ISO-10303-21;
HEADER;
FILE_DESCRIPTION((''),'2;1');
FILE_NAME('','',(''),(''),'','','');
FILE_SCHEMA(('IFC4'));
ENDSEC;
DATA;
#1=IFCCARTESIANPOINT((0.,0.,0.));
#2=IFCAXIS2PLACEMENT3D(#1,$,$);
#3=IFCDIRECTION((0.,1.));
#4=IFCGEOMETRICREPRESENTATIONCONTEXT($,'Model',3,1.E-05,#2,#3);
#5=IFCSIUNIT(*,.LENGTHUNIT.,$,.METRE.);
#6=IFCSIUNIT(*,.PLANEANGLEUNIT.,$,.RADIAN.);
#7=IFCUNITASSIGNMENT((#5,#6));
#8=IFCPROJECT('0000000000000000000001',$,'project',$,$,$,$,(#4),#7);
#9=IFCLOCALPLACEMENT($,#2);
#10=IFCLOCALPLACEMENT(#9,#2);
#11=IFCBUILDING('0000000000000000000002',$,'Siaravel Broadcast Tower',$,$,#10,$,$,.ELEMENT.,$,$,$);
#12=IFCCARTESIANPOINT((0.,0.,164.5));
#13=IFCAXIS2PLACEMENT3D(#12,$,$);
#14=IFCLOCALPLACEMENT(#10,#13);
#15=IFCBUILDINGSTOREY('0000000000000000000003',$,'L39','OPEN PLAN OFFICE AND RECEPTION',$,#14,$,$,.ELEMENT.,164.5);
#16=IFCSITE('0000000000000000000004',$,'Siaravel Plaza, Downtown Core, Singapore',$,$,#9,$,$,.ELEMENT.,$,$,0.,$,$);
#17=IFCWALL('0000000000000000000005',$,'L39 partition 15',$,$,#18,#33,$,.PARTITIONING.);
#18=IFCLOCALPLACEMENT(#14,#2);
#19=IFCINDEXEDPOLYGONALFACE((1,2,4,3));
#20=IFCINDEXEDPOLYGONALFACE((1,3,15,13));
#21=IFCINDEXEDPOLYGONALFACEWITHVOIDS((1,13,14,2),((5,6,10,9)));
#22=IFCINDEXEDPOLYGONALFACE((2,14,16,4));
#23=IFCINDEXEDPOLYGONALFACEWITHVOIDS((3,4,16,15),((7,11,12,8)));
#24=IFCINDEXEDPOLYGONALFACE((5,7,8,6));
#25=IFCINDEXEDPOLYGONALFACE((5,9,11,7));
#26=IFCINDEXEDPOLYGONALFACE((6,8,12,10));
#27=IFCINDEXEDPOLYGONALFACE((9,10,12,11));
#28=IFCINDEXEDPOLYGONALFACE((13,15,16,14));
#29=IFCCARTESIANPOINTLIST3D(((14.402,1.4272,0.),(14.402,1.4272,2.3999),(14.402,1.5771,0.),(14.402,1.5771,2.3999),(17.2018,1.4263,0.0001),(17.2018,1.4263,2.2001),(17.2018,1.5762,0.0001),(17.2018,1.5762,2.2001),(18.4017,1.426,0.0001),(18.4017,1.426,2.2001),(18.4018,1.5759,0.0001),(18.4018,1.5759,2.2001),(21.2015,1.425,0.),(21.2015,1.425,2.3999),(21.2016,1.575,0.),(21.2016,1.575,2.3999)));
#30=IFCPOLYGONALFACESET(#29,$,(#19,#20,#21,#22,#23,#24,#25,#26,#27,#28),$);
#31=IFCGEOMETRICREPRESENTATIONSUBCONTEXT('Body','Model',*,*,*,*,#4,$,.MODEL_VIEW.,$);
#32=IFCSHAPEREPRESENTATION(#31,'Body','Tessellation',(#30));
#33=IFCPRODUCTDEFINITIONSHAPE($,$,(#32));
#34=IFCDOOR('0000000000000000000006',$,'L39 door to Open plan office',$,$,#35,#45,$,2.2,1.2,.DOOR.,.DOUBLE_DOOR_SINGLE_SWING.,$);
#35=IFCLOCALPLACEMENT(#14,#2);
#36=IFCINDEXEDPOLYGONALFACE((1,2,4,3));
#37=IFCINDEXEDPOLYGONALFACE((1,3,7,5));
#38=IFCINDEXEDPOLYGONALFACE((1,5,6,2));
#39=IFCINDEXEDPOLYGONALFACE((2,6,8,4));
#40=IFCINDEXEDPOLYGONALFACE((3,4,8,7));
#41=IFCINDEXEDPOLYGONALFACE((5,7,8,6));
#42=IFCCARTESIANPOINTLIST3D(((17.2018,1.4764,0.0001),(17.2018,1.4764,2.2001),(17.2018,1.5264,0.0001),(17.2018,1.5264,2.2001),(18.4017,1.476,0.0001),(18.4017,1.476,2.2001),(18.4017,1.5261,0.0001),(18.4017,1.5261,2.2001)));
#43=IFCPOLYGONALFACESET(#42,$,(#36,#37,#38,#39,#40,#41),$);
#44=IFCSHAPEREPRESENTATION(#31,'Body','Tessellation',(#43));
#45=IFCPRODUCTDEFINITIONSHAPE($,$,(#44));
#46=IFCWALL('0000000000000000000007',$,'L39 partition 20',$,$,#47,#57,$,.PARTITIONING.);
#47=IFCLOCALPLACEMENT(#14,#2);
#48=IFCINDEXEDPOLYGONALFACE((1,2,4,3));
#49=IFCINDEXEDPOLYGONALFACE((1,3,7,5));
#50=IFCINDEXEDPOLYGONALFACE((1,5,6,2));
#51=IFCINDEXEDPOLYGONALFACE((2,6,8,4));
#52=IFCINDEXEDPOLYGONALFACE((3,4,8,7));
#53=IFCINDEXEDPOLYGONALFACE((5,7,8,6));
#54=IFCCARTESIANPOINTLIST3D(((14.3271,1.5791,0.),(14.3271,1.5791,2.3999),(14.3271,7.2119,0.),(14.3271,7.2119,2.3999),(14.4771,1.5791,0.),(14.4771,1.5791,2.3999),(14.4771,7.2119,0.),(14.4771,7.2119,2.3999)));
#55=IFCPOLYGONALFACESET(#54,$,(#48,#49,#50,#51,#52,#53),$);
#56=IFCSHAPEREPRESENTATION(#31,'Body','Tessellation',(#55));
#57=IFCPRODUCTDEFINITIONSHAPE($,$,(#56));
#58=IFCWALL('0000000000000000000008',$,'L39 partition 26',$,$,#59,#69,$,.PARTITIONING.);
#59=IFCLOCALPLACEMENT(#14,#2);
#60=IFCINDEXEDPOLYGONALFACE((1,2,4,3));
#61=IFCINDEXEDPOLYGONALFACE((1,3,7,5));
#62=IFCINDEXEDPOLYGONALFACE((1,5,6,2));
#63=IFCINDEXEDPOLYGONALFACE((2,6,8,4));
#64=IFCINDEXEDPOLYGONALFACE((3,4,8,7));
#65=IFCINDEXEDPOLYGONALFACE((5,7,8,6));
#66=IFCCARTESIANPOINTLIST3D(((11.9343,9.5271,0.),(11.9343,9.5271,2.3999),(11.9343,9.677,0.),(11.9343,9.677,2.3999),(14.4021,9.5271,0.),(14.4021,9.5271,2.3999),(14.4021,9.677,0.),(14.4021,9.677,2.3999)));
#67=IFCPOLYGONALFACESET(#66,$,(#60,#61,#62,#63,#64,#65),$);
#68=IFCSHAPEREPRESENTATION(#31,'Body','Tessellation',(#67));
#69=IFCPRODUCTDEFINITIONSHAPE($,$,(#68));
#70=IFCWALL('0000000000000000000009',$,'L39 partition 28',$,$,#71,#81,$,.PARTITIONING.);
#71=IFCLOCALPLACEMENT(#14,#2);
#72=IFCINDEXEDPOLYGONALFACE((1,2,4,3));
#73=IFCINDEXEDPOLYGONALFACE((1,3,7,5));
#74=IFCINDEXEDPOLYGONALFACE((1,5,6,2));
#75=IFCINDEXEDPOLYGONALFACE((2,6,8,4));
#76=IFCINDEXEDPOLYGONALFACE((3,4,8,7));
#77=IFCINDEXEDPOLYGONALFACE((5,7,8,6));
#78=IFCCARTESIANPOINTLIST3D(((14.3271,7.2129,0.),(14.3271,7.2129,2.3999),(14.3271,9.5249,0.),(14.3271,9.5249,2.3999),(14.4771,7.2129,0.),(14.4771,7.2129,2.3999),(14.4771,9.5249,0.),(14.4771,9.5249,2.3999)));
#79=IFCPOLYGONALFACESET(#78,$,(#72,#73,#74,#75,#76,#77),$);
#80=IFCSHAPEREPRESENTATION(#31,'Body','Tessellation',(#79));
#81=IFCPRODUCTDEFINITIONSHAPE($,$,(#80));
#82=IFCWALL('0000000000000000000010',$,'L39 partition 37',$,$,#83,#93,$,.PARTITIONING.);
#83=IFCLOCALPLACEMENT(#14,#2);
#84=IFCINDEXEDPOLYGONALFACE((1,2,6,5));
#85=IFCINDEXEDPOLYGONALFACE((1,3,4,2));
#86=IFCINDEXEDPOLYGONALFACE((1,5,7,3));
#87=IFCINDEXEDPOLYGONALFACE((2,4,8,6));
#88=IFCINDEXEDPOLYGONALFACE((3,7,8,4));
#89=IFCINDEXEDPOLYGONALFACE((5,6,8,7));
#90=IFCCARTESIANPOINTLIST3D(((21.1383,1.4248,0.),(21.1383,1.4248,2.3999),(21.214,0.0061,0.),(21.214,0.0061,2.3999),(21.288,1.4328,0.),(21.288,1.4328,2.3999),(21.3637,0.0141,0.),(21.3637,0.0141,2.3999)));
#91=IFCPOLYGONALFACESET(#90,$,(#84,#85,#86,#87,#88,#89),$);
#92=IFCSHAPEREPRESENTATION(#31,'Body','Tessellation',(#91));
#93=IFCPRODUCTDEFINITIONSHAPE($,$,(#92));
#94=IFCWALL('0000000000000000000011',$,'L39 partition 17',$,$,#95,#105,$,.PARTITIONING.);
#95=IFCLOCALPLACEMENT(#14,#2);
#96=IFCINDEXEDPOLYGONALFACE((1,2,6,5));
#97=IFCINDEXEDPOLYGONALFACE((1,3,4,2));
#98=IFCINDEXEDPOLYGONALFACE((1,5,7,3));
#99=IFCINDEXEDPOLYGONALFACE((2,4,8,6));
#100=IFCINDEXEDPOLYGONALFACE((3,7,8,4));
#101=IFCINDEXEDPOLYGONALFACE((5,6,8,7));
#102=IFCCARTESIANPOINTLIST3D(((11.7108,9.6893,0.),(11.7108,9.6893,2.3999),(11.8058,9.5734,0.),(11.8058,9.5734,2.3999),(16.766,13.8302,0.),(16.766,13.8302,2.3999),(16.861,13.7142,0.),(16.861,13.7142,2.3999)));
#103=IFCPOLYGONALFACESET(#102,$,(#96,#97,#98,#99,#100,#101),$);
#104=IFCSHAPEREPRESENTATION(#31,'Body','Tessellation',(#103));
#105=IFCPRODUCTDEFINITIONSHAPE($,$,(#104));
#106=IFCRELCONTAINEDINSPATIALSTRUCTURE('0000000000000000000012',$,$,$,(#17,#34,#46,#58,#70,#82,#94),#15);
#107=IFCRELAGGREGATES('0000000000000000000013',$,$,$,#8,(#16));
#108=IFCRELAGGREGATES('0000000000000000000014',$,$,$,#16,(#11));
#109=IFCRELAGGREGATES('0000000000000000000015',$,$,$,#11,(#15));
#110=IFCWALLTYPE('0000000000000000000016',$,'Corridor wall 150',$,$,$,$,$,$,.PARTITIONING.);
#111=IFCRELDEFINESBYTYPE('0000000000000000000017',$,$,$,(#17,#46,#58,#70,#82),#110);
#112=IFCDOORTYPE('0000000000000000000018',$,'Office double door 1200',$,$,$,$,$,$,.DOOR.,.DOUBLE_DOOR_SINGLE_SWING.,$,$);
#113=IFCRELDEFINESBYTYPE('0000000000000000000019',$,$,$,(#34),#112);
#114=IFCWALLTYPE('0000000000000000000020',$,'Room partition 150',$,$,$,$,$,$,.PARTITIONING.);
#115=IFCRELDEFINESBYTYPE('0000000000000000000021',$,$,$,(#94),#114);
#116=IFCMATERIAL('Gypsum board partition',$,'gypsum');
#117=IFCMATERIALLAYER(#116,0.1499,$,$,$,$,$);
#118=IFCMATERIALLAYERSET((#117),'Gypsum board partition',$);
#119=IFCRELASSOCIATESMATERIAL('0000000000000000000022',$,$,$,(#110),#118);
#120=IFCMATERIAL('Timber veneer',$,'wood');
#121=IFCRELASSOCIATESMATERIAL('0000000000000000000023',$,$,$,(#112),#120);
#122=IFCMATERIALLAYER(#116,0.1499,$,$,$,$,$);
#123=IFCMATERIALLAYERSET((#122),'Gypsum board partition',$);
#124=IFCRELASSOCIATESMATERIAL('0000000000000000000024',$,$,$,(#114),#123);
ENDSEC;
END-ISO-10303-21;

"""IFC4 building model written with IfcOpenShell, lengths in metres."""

from ifc_helpers import new_model, si_unit, direction, frame, frame_2d, origin, place, context, subcontext, project, spatial, rectangle, extrude, material, layer, layer_set, type_object, element, fill, save


model = new_model("IFC4")

# Units and contexts
model_context = context("Model", 3, precision=1e-05, world=origin(), true_north=direction((0.0, 1.0)))
body_context = subcontext(model_context, "Body", "Model", "MODEL_VIEW")
ifc_project = project(units=[si_unit("LENGTHUNIT", "METRE"), si_unit("PLANEANGLEUNIT", "RADIAN")], contexts=[model_context])

# Site, building, storey
site_placement = place(None, origin())
site = spatial("IfcSite", under=ifc_project, at=site_placement, Name="Siaravel Plaza, Downtown Core, Singapore", CompositionType="ELEMENT", RefElevation=0.0)
building_placement = place(site_placement, origin())
building = spatial("IfcBuilding", under=site, at=building_placement, Name="Siaravel Broadcast Tower", CompositionType="ELEMENT")
storey_placement = place(building_placement, frame((0.0, 0.0, 164.5)))
storey = spatial("IfcBuildingStorey", under=building, at=storey_placement, Name="L39", Description="OPEN PLAN OFFICE AND RECEPTION", CompositionType="ELEMENT", Elevation=164.5)

# Wall, opening, door
ifc_material_1 = material(Name="Gypsum board partition", Category="gypsum")
ifc_layer_1 = layer(ifc_material_1, 0.1499)
ifc_layer_set_1 = layer_set([ifc_layer_1], Name="Gypsum board partition")
wall_type_1 = type_object("IfcWallType", Name="Corridor wall 150", PredefinedType="PARTITIONING", material=ifc_layer_set_1)
wall_1_placement = place(storey_placement, frame((21.2017, 1.5, 0.0), z_axis=(0.0, 0.0, 1.0), x_axis=(-1.0, 0.000323, 0.0)))
wall_1 = element("IfcWall", 1, at=wall_1_placement, inside=storey, type_object=wall_type_1, Name="L39 partition 15", PredefinedType="PARTITIONING", context=body_context, shape_type="SweptSolid", body=[
    extrude(rectangle(XDim=6.7996, YDim=0.1499, at=frame_2d((3.3999, 0.0))), origin(), (0.0, 0.0, 1.0), 2.3999),
])
opening_placement = place(wall_1_placement, frame((2.7998, 0.0, 0.0)))
opening = element("IfcOpeningElement", 2, at=opening_placement, cuts=wall_1, PredefinedType="OPENING", context=body_context, shape_type="SweptSolid", body=[
    extrude(rectangle(XDim=1.2, YDim=2.2, at=frame_2d((0.6001, 1.1001))), frame((0.0, 0.085, 0.0), z_axis=(0.0, -1.0, 0.0), x_axis=(1.0, 0.0, 0.0)), (0.0, 0.0, 1.0), 0.1699),
])
ifc_material_2 = material(Name="Timber veneer", Category="wood")
door_type = type_object("IfcDoorType", Name="Office double door 1200", OperationType="DOUBLE_DOOR_SINGLE_SWING", PredefinedType="DOOR", material=ifc_material_2)
door_placement = place(opening_placement, origin())
door = element("IfcDoor", 3, at=door_placement, inside=storey, type_object=door_type, Name="L39 door to Open plan office", OperationType="DOUBLE_DOOR_SINGLE_SWING", OverallHeight=2.2, OverallWidth=1.2, PredefinedType="DOOR", context=body_context, shape_type="SweptSolid", body=[
    extrude(rectangle(XDim=1.2, YDim=2.2, at=frame_2d((0.6001, 1.1001))), frame((0.0, 0.0249, 0.0), z_axis=(0.0, -1.0, 0.0), x_axis=(1.0, 0.0, 0.0)), (0.0, 0.0, 1.0), 0.05),
])
fill(opening, door)

# Walls
wall_2_placement = place(storey_placement, frame((14.4021, 1.5791, 0.0), z_axis=(0.0, 0.0, 1.0), x_axis=(0.0, 1.0, 0.0)))
element("IfcWall", 4, at=wall_2_placement, inside=storey, type_object=wall_type_1, Name="L39 partition 20", PredefinedType="PARTITIONING", context=body_context, shape_type="SweptSolid", body=[
    extrude(rectangle(XDim=5.6328, YDim=0.1499, at=frame_2d((2.8164, 0.0))), origin(), (0.0, 0.0, 1.0), 2.3999),
])
wall_3_placement = place(storey_placement, frame((14.4021, 9.6021, 0.0), z_axis=(0.0, 0.0, 1.0), x_axis=(-1.0, 0.0, 0.0)))
element("IfcWall", 5, at=wall_3_placement, inside=storey, type_object=wall_type_1, Name="L39 partition 26", PredefinedType="PARTITIONING", context=body_context, shape_type="SweptSolid", body=[
    extrude(rectangle(XDim=2.4678, YDim=0.1499, at=frame_2d((1.2339, 0.0))), origin(), (0.0, 0.0, 1.0), 2.3999),
])
wall_4_placement = place(storey_placement, frame((14.4021, 7.2129, 0.0), z_axis=(0.0, 0.0, 1.0), x_axis=(0.0, 1.0, 0.0)))
element("IfcWall", 6, at=wall_4_placement, inside=storey, type_object=wall_type_1, Name="L39 partition 28", PredefinedType="PARTITIONING", context=body_context, shape_type="SweptSolid", body=[
    extrude(rectangle(XDim=2.312, YDim=0.1499, at=frame_2d((1.156, 0.0))), origin(), (0.0, 0.0, 1.0), 2.3999),
])
wall_5_placement = place(storey_placement, frame((21.2888, 0.01, 0.0), z_axis=(0.0, 0.0, 1.0), x_axis=(-0.053271, 0.99858, 0.0)))
element("IfcWall", 7, at=wall_5_placement, inside=storey, type_object=wall_type_1, Name="L39 partition 37", PredefinedType="PARTITIONING", context=body_context, shape_type="SweptSolid", body=[
    extrude(rectangle(XDim=1.4207, YDim=0.1499, at=frame_2d((0.7104, 0.0))), origin(), (0.0, 0.0, 1.0), 2.3999),
])
ifc_layer_2 = layer(ifc_material_1, 0.1499)
ifc_layer_set_2 = layer_set([ifc_layer_2], Name="Gypsum board partition")
wall_type_2 = type_object("IfcWallType", Name="Room partition 150", PredefinedType="PARTITIONING", material=ifc_layer_set_2)
wall_6_placement = place(storey_placement, frame((16.8135, 13.7722, 0.0), z_axis=(0.0, 0.0, 1.0), x_axis=(-0.773596, -0.633679, 0.0)))
element("IfcWall", 8, at=wall_6_placement, inside=storey, type_object=wall_type_2, Name="L39 partition 17", PredefinedType="PARTITIONING", context=body_context, shape_type="SweptSolid", body=[
    extrude(rectangle(XDim=6.5347, YDim=0.1499, at=frame_2d((3.2673, 0.0))), origin(), (0.0, 0.0, 1.0), 2.3999),
])

save(model, "model.ifc")
